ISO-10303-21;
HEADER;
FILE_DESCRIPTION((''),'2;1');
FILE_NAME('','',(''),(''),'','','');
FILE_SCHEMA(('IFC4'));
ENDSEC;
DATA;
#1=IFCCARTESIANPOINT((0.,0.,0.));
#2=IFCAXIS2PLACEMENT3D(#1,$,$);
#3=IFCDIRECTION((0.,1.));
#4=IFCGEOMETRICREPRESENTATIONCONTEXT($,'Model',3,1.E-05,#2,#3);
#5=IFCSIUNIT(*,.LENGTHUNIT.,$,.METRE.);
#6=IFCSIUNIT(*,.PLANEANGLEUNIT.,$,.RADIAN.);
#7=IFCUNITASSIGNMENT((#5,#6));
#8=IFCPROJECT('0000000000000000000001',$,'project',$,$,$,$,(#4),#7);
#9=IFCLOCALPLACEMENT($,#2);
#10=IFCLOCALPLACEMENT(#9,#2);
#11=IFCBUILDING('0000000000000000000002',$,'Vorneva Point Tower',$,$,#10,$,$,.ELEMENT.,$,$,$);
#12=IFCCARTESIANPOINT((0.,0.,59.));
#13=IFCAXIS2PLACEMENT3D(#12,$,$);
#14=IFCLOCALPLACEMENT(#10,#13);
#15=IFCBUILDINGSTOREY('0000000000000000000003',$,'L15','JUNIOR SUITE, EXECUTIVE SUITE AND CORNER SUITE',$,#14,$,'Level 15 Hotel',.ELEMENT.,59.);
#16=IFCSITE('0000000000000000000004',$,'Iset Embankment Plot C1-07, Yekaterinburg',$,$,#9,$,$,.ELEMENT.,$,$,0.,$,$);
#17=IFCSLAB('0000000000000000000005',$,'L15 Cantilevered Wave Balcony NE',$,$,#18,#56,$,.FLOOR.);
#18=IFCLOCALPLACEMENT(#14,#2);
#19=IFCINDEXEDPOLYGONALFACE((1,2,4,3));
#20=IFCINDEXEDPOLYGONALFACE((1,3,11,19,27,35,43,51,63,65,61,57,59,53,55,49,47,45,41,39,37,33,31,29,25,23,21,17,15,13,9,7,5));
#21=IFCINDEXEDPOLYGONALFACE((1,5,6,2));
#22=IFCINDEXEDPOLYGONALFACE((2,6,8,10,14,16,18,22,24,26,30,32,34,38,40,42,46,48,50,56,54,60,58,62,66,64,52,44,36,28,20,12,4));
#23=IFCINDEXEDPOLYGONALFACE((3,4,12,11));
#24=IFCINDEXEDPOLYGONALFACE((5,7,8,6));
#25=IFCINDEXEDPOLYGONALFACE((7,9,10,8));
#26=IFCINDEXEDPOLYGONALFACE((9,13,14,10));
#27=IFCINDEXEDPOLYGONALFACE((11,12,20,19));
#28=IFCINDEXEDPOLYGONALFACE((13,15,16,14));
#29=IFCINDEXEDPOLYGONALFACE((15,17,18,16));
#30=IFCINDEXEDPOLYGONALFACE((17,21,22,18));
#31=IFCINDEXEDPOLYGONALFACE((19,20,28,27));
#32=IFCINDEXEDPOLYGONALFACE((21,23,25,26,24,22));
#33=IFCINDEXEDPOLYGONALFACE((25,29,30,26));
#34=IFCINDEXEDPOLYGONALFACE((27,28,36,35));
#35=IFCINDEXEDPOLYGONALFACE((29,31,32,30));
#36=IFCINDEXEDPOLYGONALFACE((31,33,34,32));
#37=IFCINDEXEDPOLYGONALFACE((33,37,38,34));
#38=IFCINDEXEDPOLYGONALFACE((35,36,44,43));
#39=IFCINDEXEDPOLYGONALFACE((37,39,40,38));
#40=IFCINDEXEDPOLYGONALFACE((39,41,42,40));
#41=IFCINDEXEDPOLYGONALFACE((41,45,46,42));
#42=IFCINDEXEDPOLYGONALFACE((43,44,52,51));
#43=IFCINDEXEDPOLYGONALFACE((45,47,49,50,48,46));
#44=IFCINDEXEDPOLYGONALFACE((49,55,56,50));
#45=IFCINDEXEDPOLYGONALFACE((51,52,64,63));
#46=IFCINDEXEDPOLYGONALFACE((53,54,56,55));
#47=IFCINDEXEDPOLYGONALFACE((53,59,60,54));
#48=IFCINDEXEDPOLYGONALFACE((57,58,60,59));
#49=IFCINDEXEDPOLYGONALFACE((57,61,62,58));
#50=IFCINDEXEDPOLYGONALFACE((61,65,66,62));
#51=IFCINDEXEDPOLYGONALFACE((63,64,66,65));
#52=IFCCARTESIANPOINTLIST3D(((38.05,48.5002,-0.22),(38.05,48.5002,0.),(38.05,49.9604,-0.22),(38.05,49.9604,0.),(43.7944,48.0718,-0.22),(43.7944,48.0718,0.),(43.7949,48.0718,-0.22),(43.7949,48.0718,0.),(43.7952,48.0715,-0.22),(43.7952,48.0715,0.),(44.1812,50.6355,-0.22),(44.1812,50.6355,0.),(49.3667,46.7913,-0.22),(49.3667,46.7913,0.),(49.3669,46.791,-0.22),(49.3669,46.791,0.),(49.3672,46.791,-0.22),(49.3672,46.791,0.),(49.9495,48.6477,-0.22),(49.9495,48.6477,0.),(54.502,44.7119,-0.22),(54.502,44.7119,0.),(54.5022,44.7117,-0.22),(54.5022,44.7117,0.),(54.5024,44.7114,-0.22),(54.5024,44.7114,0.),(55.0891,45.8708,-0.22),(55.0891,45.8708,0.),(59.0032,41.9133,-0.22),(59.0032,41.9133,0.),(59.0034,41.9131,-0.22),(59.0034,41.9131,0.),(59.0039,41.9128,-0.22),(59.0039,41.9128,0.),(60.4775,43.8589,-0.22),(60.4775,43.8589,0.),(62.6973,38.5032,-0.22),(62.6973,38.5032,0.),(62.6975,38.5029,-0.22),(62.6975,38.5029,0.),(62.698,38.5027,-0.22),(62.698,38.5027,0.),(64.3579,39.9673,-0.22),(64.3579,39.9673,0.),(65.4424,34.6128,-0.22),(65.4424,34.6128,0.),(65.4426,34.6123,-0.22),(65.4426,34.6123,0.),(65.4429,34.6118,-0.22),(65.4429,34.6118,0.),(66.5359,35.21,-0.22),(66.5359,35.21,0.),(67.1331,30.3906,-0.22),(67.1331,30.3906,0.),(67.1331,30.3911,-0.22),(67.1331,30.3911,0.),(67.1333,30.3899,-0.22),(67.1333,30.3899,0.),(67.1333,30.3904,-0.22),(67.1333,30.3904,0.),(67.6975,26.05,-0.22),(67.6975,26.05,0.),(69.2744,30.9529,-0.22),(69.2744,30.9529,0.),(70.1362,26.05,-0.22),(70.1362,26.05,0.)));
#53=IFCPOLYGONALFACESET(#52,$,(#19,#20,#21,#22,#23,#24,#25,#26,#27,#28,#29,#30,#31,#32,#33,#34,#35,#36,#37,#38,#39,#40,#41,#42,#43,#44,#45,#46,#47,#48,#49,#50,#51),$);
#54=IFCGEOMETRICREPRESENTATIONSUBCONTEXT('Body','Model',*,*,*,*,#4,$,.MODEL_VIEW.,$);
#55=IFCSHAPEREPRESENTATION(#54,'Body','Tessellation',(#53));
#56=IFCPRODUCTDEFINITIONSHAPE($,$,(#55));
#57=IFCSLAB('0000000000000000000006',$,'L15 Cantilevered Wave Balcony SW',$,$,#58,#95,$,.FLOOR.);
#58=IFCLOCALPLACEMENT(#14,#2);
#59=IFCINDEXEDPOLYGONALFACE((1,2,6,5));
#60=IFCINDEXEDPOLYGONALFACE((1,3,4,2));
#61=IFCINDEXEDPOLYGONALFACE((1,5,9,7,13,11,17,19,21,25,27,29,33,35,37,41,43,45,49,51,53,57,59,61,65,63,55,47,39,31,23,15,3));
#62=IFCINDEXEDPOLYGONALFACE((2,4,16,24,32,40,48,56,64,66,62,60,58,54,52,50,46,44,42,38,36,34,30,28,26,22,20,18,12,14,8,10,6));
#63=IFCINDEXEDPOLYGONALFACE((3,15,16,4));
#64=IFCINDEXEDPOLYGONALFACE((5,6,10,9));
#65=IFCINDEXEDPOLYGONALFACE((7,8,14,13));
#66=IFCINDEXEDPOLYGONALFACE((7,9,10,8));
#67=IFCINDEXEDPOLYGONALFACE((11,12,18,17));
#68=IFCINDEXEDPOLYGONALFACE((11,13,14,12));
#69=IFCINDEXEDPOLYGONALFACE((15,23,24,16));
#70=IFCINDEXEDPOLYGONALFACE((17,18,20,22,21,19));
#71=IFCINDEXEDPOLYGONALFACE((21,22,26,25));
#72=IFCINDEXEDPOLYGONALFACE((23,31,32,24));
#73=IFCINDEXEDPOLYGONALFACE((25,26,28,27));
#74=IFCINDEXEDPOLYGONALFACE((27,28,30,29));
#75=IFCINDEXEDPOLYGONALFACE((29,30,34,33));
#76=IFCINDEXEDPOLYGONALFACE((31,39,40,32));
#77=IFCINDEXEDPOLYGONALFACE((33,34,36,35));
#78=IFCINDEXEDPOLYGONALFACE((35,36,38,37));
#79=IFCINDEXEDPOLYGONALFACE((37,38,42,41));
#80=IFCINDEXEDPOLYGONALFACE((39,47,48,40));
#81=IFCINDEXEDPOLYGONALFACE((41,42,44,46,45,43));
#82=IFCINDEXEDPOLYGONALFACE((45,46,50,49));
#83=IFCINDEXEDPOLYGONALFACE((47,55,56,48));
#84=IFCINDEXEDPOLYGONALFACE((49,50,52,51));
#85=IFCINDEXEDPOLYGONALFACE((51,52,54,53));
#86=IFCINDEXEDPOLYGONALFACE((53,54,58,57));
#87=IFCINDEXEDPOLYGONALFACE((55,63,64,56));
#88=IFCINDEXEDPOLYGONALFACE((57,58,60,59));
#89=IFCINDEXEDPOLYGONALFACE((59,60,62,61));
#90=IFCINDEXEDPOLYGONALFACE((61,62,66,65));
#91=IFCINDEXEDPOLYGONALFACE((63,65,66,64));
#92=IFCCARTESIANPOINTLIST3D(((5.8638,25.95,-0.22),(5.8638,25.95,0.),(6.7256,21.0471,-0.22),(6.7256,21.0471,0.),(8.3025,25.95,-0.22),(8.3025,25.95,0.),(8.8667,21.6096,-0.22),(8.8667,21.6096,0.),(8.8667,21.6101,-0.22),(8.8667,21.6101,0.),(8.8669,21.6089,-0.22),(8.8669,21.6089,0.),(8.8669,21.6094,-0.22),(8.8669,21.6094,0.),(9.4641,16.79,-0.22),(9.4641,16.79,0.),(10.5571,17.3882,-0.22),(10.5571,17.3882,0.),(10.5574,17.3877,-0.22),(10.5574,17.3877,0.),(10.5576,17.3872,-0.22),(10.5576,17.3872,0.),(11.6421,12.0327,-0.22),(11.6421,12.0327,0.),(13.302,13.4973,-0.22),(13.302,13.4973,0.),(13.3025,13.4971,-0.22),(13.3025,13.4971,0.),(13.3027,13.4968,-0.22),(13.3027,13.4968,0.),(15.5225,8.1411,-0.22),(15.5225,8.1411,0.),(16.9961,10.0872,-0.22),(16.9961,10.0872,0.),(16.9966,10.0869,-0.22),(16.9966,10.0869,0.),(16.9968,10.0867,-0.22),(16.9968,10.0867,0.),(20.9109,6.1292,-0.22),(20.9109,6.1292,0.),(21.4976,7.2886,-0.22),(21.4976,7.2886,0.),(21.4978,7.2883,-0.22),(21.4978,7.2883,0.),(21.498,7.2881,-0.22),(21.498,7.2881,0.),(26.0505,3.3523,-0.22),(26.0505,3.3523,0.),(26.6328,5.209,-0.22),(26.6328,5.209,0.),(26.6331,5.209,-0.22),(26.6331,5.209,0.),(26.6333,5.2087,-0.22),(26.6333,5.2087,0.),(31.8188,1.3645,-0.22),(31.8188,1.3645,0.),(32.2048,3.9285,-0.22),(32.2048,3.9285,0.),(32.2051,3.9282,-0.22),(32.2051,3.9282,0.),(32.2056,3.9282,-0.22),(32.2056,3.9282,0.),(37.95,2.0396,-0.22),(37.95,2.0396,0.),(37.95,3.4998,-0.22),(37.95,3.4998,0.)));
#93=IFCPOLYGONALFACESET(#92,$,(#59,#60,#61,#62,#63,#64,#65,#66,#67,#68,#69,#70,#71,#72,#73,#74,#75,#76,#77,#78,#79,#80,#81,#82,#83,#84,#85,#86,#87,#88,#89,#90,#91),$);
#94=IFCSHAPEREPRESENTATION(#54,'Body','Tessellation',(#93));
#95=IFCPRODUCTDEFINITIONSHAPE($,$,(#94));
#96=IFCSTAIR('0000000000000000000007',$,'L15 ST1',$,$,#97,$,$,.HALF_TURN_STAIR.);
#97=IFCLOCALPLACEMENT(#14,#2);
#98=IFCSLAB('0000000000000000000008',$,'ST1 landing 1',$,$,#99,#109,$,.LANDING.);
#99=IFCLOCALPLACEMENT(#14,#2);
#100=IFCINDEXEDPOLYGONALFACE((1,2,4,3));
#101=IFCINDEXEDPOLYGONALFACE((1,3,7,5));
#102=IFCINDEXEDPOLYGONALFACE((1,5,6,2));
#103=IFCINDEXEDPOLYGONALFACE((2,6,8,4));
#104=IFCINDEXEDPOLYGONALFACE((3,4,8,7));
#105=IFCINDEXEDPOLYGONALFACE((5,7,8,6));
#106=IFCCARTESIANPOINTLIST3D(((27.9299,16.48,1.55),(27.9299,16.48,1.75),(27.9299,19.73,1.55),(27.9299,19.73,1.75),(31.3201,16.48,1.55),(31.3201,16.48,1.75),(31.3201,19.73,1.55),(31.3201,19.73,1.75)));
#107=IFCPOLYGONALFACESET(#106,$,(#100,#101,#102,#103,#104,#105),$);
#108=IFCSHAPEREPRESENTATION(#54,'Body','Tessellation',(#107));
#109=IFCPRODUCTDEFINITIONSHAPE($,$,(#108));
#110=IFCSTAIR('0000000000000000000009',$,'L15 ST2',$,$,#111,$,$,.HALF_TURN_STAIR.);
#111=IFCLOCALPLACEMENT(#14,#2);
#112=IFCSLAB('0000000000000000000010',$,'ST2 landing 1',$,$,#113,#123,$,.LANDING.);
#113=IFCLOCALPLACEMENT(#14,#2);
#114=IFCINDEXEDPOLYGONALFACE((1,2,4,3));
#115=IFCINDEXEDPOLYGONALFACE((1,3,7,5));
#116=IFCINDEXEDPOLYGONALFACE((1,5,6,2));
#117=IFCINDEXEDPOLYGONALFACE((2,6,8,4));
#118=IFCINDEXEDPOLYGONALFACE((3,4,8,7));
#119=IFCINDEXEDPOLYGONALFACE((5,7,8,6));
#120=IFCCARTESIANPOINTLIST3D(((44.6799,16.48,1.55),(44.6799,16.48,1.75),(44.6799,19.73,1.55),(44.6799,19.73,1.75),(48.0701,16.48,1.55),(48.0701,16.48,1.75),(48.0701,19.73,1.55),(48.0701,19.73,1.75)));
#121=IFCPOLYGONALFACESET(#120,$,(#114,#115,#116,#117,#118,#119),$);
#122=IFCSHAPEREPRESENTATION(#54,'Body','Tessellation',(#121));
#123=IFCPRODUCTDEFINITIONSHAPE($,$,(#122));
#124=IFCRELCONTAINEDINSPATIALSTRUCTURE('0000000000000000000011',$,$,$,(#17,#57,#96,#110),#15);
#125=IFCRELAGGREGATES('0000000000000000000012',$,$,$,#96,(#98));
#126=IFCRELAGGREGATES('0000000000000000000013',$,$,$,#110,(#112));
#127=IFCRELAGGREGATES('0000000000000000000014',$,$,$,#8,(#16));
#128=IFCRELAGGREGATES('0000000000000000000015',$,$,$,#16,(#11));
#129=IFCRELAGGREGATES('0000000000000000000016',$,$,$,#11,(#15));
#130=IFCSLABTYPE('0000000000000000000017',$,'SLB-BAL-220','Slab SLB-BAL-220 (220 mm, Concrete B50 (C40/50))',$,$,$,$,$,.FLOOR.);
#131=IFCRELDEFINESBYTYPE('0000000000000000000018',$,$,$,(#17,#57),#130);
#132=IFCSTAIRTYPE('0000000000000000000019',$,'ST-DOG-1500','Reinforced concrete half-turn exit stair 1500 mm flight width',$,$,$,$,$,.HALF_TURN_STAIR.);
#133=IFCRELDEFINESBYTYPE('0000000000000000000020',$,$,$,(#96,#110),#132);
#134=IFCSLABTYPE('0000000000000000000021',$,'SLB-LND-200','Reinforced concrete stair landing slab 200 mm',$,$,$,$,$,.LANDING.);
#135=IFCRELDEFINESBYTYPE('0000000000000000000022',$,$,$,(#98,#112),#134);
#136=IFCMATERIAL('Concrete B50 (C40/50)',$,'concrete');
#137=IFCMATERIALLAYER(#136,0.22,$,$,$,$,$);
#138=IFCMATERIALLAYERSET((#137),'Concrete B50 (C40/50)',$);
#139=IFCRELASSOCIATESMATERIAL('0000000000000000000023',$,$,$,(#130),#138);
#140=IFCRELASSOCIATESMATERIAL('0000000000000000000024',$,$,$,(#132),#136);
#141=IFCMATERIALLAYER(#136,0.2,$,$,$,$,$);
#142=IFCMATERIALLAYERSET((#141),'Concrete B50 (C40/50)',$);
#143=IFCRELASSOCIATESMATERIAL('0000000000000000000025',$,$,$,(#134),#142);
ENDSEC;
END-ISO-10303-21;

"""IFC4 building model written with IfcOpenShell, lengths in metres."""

from ifc_helpers import new_model, si_unit, direction, frame, origin, place, context, subcontext, project, spatial, polyline, outline, extrude, material, layer, layer_set, type_object, element, aggregate, save


model = new_model("IFC4")

# Units and contexts
model_context = context("Model", 3, precision=1e-05, world=origin(), true_north=direction((0.0, 1.0)))
body_context = subcontext(model_context, "Body", "Model", "MODEL_VIEW")
ifc_project = project(units=[si_unit("LENGTHUNIT", "METRE"), si_unit("PLANEANGLEUNIT", "RADIAN")], contexts=[model_context])

# Site, building, storey
site_placement = place(None, origin())
site = spatial("IfcSite", under=ifc_project, at=site_placement, Name="Iset Embankment Plot C1-07, Yekaterinburg", CompositionType="ELEMENT", RefElevation=0.0)
building_placement = place(site_placement, origin())
building = spatial("IfcBuilding", under=site, at=building_placement, Name="Vorneva Point Tower", CompositionType="ELEMENT")
storey_placement = place(building_placement, frame((0.0, 0.0, 59.0)))
storey = spatial("IfcBuildingStorey", under=building, at=storey_placement, Name="L15", Description="JUNIOR SUITE, EXECUTIVE SUITE AND CORNER SUITE", LongName="Level 15 Hotel", CompositionType="ELEMENT", Elevation=59.0)

# Slabs
ifc_material_1 = material(Name="Concrete B50 (C40/50)", Category="concrete")
ifc_layer_1 = layer(ifc_material_1, 0.22)
ifc_layer_set_1 = layer_set([ifc_layer_1], Name="Concrete B50 (C40/50)")
slab_type_1 = type_object("IfcSlabType", Name="SLB-BAL-220", Description="Slab SLB-BAL-220 (220 mm, Concrete B50 (C40/50))", PredefinedType="FLOOR", material=ifc_layer_set_1)
slab_1_placement = place(storey_placement, frame((0.0, 0.0, -0.22)))
element("IfcSlab", 1, at=slab_1_placement, inside=storey, type_object=slab_type_1, Name="L15 Cantilevered Wave Balcony NE", PredefinedType="FLOOR", context=body_context, shape_type="SweptSolid", body=[
    extrude(outline(polyline([(38.05, 49.9604), (38.05, 48.5002), (43.7944, 48.0718), (43.7949, 48.0718), (43.7952, 48.0715), (49.3667, 46.7913), (49.3669, 46.791), (49.3672, 46.791), (54.502, 44.7119), (54.5022, 44.7117), (54.5024, 44.7114), (59.0032, 41.9133), (59.0034, 41.9131), (59.0039, 41.9128), (62.6973, 38.5032), (62.6975, 38.5029), (62.698, 38.5027), (65.4424, 34.6128), (65.4426, 34.6123), (65.4429, 34.6118), (67.1331, 30.3911), (67.1331, 30.3906), (67.1333, 30.3904), (67.1333, 30.3899), (67.6975, 26.05), (70.1362, 26.05), (69.2744, 30.9529), (66.5359, 35.21), (64.3579, 39.9673), (60.4775, 43.8589), (55.0891, 45.8708), (49.9495, 48.6477), (44.1812, 50.6355), (38.05, 49.9604)])), origin(), (0.0, 0.0, 1.0), 0.22),
])
slab_2_placement = place(storey_placement, frame((0.0, 0.0, -0.22)))
element("IfcSlab", 2, at=slab_2_placement, inside=storey, type_object=slab_type_1, Name="L15 Cantilevered Wave Balcony SW", PredefinedType="FLOOR", context=body_context, shape_type="SweptSolid", body=[
    extrude(outline(polyline([(37.95, 2.0396), (37.95, 3.4998), (32.2056, 3.9282), (32.2051, 3.9282), (32.2048, 3.9285), (26.6333, 5.2087), (26.6331, 5.209), (26.6328, 5.209), (21.498, 7.2881), (21.4978, 7.2883), (21.4976, 7.2886), (16.9968, 10.0867), (16.9966, 10.0869), (16.9961, 10.0872), (13.3027, 13.4968), (13.3025, 13.4971), (13.302, 13.4973), (10.5576, 17.3872), (10.5574, 17.3877), (10.5571, 17.3882), (8.8669, 21.6089), (8.8669, 21.6094), (8.8667, 21.6096), (8.8667, 21.6101), (8.3025, 25.95), (5.8638, 25.95), (6.7256, 21.0471), (9.4641, 16.79), (11.6421, 12.0327), (15.5225, 8.1411), (20.9109, 6.1292), (26.0505, 3.3523), (31.8188, 1.3645), (37.95, 2.0396)])), origin(), (0.0, 0.0, 1.0), 0.22),
])

# Stairs, slabs
stair_type = type_object("IfcStairType", Name="ST-DOG-1500", Description="Reinforced concrete half-turn exit stair 1500 mm flight width", PredefinedType="HALF_TURN_STAIR", material=ifc_material_1)
stair_1_placement = place(storey_placement, origin())
stair_1 = element("IfcStair", 3, at=stair_1_placement, inside=storey, type_object=stair_type, Name="L15 ST1", PredefinedType="HALF_TURN_STAIR")
ifc_layer_2 = layer(ifc_material_1, 0.2)
ifc_layer_set_2 = layer_set([ifc_layer_2], Name="Concrete B50 (C40/50)")
slab_type_2 = type_object("IfcSlabType", Name="SLB-LND-200", Description="Reinforced concrete stair landing slab 200 mm", PredefinedType="LANDING", material=ifc_layer_set_2)
slab_3_placement = place(storey_placement, frame((0.0, 0.0, 1.55)))
slab_3 = element("IfcSlab", 4, at=slab_3_placement, type_object=slab_type_2, Name="ST1 landing 1", PredefinedType="LANDING", context=body_context, shape_type="SweptSolid", body=[
    extrude(outline(polyline([(27.9299, 16.48), (31.3201, 16.48), (31.3201, 19.73), (27.9299, 19.73), (27.9299, 16.48)])), origin(), (0.0, 0.0, 1.0), 0.2),
])
aggregate(stair_1, [slab_3])
stair_2_placement = place(storey_placement, origin())
stair_2 = element("IfcStair", 5, at=stair_2_placement, inside=storey, type_object=stair_type, Name="L15 ST2", PredefinedType="HALF_TURN_STAIR")
slab_4_placement = place(storey_placement, frame((0.0, 0.0, 1.55)))
slab_4 = element("IfcSlab", 6, at=slab_4_placement, type_object=slab_type_2, Name="ST2 landing 1", PredefinedType="LANDING", context=body_context, shape_type="SweptSolid", body=[
    extrude(outline(polyline([(44.6799, 16.48), (48.0701, 16.48), (48.0701, 19.73), (44.6799, 19.73), (44.6799, 16.48)])), origin(), (0.0, 0.0, 1.0), 0.2),
])
aggregate(stair_2, [slab_4])

save(model, "model.ifc")
